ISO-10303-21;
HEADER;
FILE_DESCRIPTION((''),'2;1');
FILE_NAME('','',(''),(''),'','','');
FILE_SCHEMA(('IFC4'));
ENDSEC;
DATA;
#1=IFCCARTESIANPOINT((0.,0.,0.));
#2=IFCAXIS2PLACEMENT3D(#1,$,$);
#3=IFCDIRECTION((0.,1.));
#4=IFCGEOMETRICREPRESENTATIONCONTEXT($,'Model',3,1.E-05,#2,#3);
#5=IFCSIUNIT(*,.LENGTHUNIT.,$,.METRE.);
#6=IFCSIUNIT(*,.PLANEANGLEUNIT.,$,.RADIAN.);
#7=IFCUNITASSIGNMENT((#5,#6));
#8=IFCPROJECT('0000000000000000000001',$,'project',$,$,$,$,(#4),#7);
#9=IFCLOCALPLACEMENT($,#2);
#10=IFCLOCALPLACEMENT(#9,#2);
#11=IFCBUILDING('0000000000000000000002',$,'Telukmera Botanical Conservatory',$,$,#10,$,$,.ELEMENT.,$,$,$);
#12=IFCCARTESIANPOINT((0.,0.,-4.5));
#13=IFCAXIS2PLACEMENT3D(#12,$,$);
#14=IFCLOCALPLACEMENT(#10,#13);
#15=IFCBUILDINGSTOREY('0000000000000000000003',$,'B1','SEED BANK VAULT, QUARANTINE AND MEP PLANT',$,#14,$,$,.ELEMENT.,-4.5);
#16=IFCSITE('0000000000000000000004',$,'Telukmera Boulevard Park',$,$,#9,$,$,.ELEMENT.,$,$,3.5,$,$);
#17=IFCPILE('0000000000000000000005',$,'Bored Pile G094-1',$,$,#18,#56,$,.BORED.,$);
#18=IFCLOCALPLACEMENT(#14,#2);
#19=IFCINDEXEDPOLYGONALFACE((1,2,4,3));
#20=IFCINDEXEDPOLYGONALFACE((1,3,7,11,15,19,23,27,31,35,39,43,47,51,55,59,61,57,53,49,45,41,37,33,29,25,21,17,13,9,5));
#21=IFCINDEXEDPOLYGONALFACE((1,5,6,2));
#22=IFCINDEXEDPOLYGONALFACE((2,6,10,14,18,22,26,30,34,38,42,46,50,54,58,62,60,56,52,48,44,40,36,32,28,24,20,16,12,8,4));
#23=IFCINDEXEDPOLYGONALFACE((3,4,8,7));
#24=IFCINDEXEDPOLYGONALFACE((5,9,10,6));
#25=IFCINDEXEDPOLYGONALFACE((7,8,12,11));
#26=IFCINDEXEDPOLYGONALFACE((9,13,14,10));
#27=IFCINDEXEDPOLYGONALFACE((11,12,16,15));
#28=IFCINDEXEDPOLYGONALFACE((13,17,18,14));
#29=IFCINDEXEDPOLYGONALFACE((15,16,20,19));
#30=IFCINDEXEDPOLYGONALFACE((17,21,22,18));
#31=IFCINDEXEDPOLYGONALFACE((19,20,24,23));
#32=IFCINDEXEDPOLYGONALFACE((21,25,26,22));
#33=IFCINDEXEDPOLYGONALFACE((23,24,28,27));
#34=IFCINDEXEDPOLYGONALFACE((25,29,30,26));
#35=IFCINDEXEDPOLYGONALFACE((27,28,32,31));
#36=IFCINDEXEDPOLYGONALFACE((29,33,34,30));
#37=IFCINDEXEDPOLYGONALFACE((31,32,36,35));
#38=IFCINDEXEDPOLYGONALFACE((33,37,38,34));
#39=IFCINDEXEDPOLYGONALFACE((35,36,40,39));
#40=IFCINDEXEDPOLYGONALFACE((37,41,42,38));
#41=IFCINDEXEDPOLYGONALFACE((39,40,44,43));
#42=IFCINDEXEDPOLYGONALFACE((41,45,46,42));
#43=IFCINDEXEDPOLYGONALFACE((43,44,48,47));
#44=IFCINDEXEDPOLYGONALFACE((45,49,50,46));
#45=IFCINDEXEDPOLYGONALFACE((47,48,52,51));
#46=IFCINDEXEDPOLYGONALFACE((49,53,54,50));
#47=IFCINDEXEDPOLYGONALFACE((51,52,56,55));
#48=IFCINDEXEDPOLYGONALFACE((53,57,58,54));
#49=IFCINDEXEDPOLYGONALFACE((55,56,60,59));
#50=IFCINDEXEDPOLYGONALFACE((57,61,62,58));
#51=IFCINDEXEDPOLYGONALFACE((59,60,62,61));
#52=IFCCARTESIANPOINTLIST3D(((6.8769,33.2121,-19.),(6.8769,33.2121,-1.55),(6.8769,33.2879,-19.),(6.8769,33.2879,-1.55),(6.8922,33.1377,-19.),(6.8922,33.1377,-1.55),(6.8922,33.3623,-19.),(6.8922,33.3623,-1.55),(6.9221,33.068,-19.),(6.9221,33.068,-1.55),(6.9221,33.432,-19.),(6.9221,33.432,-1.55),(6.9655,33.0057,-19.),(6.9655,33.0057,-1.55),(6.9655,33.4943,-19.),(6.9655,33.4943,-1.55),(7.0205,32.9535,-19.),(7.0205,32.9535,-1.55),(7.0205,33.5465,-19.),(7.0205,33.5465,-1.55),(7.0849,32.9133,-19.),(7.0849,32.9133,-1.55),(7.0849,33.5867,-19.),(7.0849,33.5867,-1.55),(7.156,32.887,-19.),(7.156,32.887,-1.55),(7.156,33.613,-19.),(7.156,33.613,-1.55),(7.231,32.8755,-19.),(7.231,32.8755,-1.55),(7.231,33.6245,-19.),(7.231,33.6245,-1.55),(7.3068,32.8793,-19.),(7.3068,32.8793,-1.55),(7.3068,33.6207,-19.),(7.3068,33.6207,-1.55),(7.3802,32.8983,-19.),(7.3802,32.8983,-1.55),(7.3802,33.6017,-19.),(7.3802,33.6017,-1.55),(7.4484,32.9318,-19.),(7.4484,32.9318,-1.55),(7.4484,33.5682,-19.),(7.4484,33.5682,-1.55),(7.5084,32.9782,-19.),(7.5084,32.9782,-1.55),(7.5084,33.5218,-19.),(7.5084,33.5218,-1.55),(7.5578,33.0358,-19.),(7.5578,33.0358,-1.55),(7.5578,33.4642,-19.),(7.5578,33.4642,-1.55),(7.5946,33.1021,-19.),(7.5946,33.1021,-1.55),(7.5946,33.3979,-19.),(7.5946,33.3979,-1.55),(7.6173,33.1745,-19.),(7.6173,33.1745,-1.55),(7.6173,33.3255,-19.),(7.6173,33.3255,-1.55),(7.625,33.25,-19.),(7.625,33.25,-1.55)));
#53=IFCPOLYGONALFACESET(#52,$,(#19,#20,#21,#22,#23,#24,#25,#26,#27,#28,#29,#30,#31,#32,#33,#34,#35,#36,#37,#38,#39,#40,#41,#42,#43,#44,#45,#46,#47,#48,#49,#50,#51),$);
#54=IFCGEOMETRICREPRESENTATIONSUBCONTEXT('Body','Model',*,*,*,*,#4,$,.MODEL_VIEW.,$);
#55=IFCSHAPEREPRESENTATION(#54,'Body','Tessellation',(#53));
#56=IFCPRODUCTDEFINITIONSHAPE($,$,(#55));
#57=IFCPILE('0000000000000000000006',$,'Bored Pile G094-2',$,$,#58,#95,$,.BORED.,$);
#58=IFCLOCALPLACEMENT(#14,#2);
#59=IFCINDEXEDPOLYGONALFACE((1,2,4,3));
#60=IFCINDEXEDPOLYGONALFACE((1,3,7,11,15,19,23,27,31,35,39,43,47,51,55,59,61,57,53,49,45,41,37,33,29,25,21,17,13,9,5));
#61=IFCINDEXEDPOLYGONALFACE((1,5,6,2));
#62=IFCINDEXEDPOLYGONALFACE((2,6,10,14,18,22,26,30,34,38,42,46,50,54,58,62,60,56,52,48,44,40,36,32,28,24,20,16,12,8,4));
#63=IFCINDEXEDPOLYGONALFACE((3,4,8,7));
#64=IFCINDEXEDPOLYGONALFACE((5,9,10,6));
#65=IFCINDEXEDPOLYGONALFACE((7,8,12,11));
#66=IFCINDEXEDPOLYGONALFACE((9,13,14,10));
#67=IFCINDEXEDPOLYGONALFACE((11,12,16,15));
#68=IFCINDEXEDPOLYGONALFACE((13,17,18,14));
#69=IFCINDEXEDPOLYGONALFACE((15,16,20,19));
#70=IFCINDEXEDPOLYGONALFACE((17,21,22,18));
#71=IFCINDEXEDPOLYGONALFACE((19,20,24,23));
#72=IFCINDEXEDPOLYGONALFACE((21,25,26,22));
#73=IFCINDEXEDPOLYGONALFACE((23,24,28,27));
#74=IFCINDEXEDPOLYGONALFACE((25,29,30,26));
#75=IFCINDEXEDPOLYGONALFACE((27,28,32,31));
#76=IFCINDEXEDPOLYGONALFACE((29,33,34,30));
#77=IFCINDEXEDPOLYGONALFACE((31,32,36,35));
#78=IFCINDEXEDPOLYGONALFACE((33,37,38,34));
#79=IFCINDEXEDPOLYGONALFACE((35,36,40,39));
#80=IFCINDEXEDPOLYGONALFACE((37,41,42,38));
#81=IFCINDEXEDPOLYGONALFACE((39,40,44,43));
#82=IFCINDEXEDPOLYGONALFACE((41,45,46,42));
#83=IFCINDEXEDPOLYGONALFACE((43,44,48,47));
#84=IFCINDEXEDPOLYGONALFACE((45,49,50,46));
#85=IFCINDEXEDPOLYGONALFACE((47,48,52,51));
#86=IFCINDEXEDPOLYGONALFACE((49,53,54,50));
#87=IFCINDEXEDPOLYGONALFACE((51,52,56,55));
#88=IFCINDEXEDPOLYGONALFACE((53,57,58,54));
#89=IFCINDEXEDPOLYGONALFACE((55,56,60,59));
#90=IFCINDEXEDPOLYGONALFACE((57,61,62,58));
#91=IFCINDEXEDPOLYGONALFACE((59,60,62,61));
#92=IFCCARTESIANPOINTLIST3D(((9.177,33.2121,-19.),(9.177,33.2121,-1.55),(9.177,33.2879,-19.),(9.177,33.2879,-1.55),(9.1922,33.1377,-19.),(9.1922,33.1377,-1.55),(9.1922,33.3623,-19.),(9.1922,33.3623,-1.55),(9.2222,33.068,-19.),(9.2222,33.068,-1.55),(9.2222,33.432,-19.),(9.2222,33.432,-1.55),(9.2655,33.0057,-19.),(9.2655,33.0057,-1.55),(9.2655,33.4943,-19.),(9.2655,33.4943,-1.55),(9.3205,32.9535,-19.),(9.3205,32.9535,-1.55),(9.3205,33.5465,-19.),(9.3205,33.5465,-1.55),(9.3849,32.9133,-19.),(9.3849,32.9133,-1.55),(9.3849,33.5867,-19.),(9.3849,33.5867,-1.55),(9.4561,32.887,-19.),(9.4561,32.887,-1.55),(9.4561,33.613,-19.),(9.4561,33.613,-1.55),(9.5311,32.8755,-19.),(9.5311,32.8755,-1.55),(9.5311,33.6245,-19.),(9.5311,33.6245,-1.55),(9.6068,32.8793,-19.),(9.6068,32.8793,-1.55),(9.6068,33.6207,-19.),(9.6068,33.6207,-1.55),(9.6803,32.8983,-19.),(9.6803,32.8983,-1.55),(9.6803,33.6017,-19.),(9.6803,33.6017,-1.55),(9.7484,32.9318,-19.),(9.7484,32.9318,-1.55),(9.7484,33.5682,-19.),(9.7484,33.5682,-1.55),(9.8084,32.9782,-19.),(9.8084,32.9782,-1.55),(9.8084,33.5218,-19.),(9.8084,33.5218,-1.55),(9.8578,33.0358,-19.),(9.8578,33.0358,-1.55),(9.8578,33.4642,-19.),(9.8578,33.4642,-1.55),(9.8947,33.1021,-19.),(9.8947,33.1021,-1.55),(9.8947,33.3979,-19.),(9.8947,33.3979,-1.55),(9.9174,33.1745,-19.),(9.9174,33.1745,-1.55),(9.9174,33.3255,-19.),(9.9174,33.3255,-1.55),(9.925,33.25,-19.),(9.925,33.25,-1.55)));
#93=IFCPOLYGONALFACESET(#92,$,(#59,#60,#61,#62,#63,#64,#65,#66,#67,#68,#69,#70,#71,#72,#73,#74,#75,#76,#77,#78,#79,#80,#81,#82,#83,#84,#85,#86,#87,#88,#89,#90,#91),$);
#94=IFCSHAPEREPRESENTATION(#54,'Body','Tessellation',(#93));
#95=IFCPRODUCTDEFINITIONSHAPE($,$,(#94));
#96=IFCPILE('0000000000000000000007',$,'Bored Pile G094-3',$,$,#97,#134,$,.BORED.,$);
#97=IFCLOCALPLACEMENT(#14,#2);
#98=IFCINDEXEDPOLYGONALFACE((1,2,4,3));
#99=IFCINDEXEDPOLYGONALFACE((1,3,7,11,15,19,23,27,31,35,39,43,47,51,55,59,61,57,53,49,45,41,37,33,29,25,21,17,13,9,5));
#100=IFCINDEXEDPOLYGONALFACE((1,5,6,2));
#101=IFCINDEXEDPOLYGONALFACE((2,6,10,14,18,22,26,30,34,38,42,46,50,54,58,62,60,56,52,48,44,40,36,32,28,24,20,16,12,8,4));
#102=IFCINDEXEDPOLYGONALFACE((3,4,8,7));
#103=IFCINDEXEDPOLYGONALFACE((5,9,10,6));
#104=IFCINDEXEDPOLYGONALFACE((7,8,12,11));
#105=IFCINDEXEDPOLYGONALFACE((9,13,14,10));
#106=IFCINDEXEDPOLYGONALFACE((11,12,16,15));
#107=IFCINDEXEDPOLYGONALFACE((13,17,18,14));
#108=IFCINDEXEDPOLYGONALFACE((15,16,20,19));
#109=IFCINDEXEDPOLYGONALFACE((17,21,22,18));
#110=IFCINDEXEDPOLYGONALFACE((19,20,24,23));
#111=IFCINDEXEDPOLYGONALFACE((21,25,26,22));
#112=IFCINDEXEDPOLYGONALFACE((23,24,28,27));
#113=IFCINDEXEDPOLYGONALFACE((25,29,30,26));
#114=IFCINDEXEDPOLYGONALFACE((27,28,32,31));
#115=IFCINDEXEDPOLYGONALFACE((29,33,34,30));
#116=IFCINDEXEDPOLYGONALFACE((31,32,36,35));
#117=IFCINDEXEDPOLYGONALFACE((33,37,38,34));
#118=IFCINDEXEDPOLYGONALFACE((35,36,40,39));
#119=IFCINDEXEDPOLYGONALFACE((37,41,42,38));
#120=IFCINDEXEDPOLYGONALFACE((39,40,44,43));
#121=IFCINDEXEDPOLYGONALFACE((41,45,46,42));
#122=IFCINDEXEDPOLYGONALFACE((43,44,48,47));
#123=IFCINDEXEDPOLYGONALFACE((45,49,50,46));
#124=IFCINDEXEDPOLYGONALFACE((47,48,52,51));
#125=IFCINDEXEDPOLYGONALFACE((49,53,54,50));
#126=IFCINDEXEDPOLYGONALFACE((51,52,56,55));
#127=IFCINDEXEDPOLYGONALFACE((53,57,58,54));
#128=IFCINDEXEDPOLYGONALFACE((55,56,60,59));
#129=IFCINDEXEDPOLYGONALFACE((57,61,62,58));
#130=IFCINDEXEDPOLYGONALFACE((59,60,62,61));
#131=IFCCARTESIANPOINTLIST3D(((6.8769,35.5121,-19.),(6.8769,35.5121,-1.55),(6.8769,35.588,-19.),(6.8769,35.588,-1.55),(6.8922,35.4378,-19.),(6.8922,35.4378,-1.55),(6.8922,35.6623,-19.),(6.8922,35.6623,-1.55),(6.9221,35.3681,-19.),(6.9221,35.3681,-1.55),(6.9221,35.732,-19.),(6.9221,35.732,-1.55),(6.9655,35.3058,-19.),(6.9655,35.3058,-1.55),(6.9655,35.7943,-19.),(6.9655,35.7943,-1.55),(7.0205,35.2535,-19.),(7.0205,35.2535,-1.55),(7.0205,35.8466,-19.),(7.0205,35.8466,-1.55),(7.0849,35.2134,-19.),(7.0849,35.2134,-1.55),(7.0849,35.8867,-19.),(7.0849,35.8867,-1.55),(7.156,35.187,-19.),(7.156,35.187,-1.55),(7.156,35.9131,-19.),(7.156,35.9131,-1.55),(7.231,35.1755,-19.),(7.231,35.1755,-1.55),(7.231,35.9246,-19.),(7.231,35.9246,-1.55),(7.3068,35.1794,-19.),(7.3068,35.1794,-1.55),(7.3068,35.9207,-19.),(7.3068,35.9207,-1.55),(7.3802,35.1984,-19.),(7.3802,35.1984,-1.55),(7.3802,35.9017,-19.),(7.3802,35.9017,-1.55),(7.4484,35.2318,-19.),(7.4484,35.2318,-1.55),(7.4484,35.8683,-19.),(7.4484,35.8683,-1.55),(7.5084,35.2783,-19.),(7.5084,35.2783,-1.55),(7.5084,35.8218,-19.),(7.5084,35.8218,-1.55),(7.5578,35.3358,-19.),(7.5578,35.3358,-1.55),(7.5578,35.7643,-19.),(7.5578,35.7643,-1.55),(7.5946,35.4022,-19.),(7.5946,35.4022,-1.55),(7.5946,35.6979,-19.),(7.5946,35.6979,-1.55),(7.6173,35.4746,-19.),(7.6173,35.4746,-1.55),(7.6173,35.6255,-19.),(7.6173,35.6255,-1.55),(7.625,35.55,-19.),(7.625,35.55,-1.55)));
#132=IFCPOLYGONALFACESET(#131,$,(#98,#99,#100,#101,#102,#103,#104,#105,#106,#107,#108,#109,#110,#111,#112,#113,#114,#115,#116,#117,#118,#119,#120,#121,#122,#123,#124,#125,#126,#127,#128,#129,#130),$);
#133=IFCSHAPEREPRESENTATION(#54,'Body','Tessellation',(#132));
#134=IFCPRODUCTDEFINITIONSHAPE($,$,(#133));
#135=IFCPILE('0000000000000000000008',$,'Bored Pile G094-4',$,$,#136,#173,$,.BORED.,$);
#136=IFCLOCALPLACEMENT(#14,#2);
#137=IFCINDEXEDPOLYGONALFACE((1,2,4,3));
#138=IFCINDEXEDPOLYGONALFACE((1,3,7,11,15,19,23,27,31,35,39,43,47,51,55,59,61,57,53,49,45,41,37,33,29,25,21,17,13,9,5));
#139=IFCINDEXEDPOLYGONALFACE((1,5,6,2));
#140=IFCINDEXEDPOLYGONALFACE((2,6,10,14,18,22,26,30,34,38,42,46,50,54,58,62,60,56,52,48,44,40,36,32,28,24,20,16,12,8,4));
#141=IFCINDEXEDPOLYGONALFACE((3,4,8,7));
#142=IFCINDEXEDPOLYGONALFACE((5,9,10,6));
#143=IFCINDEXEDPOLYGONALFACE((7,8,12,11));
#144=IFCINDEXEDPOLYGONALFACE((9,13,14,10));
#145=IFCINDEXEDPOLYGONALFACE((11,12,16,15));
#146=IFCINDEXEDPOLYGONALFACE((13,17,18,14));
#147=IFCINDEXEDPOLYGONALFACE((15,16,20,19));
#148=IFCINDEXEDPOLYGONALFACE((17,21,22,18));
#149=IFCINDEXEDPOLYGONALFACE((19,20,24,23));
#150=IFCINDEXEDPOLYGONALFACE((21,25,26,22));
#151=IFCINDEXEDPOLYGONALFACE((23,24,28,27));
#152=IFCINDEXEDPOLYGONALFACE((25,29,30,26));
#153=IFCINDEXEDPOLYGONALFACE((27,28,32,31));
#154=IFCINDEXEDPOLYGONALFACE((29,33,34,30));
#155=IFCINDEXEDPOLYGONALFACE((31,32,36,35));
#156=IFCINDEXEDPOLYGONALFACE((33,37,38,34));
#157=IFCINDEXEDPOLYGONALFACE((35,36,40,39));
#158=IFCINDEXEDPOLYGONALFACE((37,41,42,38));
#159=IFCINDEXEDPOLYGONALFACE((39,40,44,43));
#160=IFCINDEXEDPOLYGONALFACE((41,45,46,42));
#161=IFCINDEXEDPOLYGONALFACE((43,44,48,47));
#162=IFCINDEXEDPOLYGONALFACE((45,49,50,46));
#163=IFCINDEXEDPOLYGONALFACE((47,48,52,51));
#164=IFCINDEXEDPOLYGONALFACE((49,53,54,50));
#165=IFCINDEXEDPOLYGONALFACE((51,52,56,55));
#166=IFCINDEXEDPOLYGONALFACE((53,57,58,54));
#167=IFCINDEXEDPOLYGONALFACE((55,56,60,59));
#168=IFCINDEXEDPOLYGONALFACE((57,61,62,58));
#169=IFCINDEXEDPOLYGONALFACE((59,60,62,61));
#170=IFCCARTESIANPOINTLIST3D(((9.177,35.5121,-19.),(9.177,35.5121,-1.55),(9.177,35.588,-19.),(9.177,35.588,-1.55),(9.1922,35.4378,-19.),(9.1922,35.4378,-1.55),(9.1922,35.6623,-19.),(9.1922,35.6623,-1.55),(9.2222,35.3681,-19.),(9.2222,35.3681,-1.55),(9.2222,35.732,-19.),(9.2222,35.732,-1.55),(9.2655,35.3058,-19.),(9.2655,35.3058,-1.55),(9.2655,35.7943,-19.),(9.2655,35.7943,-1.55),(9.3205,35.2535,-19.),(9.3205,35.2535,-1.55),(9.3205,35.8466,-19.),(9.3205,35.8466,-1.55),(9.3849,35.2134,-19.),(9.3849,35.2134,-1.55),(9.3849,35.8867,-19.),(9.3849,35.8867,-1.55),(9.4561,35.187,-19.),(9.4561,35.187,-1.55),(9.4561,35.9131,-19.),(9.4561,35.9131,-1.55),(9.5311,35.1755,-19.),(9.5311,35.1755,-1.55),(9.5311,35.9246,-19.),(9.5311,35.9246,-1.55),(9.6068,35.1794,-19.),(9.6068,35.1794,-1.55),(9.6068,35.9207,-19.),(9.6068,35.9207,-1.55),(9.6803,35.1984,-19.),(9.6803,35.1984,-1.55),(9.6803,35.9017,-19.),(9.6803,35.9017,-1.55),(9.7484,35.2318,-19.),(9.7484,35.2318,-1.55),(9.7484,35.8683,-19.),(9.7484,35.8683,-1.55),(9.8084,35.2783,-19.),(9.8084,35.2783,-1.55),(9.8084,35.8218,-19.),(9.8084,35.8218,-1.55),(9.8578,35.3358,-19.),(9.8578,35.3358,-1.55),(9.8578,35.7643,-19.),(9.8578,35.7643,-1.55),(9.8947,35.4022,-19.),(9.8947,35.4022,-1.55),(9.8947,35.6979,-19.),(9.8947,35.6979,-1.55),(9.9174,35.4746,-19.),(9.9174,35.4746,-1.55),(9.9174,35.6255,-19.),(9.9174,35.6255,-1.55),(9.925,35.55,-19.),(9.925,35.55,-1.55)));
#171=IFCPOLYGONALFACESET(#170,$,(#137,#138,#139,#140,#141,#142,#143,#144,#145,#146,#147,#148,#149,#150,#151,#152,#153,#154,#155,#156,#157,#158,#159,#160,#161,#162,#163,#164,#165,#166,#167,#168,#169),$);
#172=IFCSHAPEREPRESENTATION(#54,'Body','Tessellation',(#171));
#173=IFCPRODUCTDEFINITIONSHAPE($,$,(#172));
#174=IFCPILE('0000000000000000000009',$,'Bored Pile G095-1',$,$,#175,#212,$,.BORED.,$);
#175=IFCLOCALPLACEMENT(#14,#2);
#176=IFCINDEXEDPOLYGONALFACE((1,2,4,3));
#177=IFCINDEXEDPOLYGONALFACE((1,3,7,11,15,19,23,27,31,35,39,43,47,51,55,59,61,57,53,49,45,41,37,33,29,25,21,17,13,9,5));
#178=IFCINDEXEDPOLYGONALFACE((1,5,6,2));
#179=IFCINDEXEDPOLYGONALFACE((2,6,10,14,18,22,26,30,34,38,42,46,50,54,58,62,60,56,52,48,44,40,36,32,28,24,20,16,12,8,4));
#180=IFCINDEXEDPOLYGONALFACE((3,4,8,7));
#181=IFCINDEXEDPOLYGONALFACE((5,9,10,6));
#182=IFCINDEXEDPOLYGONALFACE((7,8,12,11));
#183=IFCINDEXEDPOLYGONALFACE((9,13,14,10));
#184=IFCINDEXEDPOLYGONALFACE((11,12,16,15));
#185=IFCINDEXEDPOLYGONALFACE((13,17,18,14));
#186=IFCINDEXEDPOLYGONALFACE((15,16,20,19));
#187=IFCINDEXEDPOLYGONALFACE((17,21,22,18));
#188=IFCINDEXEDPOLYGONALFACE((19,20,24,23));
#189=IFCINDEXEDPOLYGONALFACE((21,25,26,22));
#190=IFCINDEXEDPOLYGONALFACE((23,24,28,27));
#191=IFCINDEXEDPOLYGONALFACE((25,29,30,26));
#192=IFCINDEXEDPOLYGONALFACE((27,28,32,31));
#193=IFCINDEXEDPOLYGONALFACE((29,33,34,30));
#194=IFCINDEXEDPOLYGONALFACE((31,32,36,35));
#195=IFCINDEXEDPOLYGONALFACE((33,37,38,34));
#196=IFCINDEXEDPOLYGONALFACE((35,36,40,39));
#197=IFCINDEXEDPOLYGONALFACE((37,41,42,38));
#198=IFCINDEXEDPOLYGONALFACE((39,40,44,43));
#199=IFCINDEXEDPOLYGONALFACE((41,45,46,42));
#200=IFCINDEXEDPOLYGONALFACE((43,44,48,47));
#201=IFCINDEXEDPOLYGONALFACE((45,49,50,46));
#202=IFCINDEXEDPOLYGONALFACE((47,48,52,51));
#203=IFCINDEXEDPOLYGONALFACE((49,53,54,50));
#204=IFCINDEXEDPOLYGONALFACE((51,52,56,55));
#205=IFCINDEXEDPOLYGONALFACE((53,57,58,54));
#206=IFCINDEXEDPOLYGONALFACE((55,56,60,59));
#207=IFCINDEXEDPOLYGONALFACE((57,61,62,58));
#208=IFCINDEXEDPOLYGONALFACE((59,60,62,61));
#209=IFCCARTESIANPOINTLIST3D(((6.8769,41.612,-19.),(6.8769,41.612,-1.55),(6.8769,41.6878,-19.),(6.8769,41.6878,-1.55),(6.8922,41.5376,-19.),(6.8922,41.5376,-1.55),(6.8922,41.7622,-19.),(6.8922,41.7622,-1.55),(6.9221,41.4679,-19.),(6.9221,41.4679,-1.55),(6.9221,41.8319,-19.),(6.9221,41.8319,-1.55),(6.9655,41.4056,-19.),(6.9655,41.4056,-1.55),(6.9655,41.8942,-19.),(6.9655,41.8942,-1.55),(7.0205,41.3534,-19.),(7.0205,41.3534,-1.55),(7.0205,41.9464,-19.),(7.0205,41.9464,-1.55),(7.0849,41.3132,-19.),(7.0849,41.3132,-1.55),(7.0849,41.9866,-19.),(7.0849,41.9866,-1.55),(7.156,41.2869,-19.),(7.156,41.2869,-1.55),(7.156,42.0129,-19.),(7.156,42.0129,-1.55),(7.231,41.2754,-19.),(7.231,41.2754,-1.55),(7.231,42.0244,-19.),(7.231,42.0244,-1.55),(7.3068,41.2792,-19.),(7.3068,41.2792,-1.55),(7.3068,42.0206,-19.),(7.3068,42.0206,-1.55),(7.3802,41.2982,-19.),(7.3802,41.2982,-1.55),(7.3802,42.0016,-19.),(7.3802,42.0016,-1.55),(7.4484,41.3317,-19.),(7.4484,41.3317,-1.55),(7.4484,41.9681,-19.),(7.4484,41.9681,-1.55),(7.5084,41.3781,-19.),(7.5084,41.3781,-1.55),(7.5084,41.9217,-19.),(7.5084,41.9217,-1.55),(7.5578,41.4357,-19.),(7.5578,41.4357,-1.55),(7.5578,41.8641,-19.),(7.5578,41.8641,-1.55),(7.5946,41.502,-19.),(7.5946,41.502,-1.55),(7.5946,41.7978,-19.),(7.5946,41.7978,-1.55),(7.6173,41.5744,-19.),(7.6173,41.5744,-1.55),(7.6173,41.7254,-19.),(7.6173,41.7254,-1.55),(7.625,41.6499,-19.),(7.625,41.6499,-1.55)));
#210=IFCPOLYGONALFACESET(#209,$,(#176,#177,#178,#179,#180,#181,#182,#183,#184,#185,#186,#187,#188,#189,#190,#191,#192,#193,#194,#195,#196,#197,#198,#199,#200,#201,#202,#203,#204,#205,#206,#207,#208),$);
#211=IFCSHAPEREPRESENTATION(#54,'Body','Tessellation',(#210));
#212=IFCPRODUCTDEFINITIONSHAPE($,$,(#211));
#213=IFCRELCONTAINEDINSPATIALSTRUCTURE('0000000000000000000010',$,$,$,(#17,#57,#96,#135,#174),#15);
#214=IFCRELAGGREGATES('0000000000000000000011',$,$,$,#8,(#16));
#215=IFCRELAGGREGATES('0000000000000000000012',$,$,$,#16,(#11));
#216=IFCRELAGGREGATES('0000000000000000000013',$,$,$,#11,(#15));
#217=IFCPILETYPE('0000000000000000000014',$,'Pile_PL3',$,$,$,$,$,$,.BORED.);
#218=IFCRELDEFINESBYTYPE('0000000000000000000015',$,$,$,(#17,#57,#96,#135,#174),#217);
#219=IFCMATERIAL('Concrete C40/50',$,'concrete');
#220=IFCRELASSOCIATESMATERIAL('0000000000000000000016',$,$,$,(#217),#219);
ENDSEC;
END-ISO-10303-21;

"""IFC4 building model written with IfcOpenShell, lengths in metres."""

from ifc_helpers import new_model, si_unit, direction, frame, origin, origin_2d, place, context, subcontext, project, spatial, circle, extrude, material, material_profile, profile_set, type_object, element, save


model = new_model("IFC4")

# Units and contexts
model_context = context("Model", 3, precision=1e-05, world=origin(), true_north=direction((0.0, 1.0)))
body_context = subcontext(model_context, "Body", "Model", "MODEL_VIEW")
ifc_project = project(units=[si_unit("LENGTHUNIT", "METRE"), si_unit("PLANEANGLEUNIT", "RADIAN")], contexts=[model_context])

# Site, building, storey
site_placement = place(None, origin())
site = spatial("IfcSite", under=ifc_project, at=site_placement, Name="Telukmera Boulevard Park", CompositionType="ELEMENT", RefElevation=3.5)
building_placement = place(site_placement, origin())
building = spatial("IfcBuilding", under=site, at=building_placement, Name="Telukmera Botanical Conservatory", CompositionType="ELEMENT")
storey_placement = place(building_placement, frame((0.0, 0.0, -4.5)))
storey = spatial("IfcBuildingStorey", under=building, at=storey_placement, Name="B1", Description="SEED BANK VAULT, QUARANTINE AND MEP PLANT", CompositionType="ELEMENT", Elevation=-4.5)

# Shared definitions
ifc_material_1 = material(Name="Concrete C40/50", Category="concrete")

# Piles
ifc_material_profile_1 = material_profile(ifc_material_1, circle(Radius=0.375, at=origin_2d()), Name="PILE D750")
ifc_profile_set_1 = profile_set([ifc_material_profile_1], Name="Concrete C40/50")
pile_type = type_object("IfcPileType", Name="Pile_PL3", PredefinedType="BORED", material=ifc_profile_set_1)
for number, where, z_axis, x_axis, name in (
    (1, (7.25, 33.25, -1.55), (0.0, 0.0, -1.0), (1.0, 0.0, 0.0), "Bored Pile G094-1"),
    (2, (9.55, 33.25, -1.55), (0.0, 0.0, -1.0), (1.0, 0.0, 0.0), "Bored Pile G094-2"),
    (3, (7.25, 35.55, -1.55), (0.0, 0.0, -1.0), (1.0, 0.0, 0.0), "Bored Pile G094-3"),
    (4, (9.55, 35.55, -1.55), (0.0, 0.0, -1.0), (1.0, 0.0, 0.0), "Bored Pile G094-4"),
    (5, (7.25, 41.6499, -1.55), (0.0, 0.0, -1.0), (1.0, 0.0, 0.0), "Bored Pile G095-1"),
):
    element("IfcPile", number, at=place(storey_placement, frame(where, z_axis=z_axis, x_axis=x_axis)), inside=storey, type_object=pile_type, Name=name, PredefinedType="BORED", context=body_context, shape_type="SweptSolid", body=[
        extrude(circle(Radius=0.375, at=origin_2d()), origin(), (0.0, 0.0, 1.0), 17.45),
    ])

save(model, "model.ifc")
